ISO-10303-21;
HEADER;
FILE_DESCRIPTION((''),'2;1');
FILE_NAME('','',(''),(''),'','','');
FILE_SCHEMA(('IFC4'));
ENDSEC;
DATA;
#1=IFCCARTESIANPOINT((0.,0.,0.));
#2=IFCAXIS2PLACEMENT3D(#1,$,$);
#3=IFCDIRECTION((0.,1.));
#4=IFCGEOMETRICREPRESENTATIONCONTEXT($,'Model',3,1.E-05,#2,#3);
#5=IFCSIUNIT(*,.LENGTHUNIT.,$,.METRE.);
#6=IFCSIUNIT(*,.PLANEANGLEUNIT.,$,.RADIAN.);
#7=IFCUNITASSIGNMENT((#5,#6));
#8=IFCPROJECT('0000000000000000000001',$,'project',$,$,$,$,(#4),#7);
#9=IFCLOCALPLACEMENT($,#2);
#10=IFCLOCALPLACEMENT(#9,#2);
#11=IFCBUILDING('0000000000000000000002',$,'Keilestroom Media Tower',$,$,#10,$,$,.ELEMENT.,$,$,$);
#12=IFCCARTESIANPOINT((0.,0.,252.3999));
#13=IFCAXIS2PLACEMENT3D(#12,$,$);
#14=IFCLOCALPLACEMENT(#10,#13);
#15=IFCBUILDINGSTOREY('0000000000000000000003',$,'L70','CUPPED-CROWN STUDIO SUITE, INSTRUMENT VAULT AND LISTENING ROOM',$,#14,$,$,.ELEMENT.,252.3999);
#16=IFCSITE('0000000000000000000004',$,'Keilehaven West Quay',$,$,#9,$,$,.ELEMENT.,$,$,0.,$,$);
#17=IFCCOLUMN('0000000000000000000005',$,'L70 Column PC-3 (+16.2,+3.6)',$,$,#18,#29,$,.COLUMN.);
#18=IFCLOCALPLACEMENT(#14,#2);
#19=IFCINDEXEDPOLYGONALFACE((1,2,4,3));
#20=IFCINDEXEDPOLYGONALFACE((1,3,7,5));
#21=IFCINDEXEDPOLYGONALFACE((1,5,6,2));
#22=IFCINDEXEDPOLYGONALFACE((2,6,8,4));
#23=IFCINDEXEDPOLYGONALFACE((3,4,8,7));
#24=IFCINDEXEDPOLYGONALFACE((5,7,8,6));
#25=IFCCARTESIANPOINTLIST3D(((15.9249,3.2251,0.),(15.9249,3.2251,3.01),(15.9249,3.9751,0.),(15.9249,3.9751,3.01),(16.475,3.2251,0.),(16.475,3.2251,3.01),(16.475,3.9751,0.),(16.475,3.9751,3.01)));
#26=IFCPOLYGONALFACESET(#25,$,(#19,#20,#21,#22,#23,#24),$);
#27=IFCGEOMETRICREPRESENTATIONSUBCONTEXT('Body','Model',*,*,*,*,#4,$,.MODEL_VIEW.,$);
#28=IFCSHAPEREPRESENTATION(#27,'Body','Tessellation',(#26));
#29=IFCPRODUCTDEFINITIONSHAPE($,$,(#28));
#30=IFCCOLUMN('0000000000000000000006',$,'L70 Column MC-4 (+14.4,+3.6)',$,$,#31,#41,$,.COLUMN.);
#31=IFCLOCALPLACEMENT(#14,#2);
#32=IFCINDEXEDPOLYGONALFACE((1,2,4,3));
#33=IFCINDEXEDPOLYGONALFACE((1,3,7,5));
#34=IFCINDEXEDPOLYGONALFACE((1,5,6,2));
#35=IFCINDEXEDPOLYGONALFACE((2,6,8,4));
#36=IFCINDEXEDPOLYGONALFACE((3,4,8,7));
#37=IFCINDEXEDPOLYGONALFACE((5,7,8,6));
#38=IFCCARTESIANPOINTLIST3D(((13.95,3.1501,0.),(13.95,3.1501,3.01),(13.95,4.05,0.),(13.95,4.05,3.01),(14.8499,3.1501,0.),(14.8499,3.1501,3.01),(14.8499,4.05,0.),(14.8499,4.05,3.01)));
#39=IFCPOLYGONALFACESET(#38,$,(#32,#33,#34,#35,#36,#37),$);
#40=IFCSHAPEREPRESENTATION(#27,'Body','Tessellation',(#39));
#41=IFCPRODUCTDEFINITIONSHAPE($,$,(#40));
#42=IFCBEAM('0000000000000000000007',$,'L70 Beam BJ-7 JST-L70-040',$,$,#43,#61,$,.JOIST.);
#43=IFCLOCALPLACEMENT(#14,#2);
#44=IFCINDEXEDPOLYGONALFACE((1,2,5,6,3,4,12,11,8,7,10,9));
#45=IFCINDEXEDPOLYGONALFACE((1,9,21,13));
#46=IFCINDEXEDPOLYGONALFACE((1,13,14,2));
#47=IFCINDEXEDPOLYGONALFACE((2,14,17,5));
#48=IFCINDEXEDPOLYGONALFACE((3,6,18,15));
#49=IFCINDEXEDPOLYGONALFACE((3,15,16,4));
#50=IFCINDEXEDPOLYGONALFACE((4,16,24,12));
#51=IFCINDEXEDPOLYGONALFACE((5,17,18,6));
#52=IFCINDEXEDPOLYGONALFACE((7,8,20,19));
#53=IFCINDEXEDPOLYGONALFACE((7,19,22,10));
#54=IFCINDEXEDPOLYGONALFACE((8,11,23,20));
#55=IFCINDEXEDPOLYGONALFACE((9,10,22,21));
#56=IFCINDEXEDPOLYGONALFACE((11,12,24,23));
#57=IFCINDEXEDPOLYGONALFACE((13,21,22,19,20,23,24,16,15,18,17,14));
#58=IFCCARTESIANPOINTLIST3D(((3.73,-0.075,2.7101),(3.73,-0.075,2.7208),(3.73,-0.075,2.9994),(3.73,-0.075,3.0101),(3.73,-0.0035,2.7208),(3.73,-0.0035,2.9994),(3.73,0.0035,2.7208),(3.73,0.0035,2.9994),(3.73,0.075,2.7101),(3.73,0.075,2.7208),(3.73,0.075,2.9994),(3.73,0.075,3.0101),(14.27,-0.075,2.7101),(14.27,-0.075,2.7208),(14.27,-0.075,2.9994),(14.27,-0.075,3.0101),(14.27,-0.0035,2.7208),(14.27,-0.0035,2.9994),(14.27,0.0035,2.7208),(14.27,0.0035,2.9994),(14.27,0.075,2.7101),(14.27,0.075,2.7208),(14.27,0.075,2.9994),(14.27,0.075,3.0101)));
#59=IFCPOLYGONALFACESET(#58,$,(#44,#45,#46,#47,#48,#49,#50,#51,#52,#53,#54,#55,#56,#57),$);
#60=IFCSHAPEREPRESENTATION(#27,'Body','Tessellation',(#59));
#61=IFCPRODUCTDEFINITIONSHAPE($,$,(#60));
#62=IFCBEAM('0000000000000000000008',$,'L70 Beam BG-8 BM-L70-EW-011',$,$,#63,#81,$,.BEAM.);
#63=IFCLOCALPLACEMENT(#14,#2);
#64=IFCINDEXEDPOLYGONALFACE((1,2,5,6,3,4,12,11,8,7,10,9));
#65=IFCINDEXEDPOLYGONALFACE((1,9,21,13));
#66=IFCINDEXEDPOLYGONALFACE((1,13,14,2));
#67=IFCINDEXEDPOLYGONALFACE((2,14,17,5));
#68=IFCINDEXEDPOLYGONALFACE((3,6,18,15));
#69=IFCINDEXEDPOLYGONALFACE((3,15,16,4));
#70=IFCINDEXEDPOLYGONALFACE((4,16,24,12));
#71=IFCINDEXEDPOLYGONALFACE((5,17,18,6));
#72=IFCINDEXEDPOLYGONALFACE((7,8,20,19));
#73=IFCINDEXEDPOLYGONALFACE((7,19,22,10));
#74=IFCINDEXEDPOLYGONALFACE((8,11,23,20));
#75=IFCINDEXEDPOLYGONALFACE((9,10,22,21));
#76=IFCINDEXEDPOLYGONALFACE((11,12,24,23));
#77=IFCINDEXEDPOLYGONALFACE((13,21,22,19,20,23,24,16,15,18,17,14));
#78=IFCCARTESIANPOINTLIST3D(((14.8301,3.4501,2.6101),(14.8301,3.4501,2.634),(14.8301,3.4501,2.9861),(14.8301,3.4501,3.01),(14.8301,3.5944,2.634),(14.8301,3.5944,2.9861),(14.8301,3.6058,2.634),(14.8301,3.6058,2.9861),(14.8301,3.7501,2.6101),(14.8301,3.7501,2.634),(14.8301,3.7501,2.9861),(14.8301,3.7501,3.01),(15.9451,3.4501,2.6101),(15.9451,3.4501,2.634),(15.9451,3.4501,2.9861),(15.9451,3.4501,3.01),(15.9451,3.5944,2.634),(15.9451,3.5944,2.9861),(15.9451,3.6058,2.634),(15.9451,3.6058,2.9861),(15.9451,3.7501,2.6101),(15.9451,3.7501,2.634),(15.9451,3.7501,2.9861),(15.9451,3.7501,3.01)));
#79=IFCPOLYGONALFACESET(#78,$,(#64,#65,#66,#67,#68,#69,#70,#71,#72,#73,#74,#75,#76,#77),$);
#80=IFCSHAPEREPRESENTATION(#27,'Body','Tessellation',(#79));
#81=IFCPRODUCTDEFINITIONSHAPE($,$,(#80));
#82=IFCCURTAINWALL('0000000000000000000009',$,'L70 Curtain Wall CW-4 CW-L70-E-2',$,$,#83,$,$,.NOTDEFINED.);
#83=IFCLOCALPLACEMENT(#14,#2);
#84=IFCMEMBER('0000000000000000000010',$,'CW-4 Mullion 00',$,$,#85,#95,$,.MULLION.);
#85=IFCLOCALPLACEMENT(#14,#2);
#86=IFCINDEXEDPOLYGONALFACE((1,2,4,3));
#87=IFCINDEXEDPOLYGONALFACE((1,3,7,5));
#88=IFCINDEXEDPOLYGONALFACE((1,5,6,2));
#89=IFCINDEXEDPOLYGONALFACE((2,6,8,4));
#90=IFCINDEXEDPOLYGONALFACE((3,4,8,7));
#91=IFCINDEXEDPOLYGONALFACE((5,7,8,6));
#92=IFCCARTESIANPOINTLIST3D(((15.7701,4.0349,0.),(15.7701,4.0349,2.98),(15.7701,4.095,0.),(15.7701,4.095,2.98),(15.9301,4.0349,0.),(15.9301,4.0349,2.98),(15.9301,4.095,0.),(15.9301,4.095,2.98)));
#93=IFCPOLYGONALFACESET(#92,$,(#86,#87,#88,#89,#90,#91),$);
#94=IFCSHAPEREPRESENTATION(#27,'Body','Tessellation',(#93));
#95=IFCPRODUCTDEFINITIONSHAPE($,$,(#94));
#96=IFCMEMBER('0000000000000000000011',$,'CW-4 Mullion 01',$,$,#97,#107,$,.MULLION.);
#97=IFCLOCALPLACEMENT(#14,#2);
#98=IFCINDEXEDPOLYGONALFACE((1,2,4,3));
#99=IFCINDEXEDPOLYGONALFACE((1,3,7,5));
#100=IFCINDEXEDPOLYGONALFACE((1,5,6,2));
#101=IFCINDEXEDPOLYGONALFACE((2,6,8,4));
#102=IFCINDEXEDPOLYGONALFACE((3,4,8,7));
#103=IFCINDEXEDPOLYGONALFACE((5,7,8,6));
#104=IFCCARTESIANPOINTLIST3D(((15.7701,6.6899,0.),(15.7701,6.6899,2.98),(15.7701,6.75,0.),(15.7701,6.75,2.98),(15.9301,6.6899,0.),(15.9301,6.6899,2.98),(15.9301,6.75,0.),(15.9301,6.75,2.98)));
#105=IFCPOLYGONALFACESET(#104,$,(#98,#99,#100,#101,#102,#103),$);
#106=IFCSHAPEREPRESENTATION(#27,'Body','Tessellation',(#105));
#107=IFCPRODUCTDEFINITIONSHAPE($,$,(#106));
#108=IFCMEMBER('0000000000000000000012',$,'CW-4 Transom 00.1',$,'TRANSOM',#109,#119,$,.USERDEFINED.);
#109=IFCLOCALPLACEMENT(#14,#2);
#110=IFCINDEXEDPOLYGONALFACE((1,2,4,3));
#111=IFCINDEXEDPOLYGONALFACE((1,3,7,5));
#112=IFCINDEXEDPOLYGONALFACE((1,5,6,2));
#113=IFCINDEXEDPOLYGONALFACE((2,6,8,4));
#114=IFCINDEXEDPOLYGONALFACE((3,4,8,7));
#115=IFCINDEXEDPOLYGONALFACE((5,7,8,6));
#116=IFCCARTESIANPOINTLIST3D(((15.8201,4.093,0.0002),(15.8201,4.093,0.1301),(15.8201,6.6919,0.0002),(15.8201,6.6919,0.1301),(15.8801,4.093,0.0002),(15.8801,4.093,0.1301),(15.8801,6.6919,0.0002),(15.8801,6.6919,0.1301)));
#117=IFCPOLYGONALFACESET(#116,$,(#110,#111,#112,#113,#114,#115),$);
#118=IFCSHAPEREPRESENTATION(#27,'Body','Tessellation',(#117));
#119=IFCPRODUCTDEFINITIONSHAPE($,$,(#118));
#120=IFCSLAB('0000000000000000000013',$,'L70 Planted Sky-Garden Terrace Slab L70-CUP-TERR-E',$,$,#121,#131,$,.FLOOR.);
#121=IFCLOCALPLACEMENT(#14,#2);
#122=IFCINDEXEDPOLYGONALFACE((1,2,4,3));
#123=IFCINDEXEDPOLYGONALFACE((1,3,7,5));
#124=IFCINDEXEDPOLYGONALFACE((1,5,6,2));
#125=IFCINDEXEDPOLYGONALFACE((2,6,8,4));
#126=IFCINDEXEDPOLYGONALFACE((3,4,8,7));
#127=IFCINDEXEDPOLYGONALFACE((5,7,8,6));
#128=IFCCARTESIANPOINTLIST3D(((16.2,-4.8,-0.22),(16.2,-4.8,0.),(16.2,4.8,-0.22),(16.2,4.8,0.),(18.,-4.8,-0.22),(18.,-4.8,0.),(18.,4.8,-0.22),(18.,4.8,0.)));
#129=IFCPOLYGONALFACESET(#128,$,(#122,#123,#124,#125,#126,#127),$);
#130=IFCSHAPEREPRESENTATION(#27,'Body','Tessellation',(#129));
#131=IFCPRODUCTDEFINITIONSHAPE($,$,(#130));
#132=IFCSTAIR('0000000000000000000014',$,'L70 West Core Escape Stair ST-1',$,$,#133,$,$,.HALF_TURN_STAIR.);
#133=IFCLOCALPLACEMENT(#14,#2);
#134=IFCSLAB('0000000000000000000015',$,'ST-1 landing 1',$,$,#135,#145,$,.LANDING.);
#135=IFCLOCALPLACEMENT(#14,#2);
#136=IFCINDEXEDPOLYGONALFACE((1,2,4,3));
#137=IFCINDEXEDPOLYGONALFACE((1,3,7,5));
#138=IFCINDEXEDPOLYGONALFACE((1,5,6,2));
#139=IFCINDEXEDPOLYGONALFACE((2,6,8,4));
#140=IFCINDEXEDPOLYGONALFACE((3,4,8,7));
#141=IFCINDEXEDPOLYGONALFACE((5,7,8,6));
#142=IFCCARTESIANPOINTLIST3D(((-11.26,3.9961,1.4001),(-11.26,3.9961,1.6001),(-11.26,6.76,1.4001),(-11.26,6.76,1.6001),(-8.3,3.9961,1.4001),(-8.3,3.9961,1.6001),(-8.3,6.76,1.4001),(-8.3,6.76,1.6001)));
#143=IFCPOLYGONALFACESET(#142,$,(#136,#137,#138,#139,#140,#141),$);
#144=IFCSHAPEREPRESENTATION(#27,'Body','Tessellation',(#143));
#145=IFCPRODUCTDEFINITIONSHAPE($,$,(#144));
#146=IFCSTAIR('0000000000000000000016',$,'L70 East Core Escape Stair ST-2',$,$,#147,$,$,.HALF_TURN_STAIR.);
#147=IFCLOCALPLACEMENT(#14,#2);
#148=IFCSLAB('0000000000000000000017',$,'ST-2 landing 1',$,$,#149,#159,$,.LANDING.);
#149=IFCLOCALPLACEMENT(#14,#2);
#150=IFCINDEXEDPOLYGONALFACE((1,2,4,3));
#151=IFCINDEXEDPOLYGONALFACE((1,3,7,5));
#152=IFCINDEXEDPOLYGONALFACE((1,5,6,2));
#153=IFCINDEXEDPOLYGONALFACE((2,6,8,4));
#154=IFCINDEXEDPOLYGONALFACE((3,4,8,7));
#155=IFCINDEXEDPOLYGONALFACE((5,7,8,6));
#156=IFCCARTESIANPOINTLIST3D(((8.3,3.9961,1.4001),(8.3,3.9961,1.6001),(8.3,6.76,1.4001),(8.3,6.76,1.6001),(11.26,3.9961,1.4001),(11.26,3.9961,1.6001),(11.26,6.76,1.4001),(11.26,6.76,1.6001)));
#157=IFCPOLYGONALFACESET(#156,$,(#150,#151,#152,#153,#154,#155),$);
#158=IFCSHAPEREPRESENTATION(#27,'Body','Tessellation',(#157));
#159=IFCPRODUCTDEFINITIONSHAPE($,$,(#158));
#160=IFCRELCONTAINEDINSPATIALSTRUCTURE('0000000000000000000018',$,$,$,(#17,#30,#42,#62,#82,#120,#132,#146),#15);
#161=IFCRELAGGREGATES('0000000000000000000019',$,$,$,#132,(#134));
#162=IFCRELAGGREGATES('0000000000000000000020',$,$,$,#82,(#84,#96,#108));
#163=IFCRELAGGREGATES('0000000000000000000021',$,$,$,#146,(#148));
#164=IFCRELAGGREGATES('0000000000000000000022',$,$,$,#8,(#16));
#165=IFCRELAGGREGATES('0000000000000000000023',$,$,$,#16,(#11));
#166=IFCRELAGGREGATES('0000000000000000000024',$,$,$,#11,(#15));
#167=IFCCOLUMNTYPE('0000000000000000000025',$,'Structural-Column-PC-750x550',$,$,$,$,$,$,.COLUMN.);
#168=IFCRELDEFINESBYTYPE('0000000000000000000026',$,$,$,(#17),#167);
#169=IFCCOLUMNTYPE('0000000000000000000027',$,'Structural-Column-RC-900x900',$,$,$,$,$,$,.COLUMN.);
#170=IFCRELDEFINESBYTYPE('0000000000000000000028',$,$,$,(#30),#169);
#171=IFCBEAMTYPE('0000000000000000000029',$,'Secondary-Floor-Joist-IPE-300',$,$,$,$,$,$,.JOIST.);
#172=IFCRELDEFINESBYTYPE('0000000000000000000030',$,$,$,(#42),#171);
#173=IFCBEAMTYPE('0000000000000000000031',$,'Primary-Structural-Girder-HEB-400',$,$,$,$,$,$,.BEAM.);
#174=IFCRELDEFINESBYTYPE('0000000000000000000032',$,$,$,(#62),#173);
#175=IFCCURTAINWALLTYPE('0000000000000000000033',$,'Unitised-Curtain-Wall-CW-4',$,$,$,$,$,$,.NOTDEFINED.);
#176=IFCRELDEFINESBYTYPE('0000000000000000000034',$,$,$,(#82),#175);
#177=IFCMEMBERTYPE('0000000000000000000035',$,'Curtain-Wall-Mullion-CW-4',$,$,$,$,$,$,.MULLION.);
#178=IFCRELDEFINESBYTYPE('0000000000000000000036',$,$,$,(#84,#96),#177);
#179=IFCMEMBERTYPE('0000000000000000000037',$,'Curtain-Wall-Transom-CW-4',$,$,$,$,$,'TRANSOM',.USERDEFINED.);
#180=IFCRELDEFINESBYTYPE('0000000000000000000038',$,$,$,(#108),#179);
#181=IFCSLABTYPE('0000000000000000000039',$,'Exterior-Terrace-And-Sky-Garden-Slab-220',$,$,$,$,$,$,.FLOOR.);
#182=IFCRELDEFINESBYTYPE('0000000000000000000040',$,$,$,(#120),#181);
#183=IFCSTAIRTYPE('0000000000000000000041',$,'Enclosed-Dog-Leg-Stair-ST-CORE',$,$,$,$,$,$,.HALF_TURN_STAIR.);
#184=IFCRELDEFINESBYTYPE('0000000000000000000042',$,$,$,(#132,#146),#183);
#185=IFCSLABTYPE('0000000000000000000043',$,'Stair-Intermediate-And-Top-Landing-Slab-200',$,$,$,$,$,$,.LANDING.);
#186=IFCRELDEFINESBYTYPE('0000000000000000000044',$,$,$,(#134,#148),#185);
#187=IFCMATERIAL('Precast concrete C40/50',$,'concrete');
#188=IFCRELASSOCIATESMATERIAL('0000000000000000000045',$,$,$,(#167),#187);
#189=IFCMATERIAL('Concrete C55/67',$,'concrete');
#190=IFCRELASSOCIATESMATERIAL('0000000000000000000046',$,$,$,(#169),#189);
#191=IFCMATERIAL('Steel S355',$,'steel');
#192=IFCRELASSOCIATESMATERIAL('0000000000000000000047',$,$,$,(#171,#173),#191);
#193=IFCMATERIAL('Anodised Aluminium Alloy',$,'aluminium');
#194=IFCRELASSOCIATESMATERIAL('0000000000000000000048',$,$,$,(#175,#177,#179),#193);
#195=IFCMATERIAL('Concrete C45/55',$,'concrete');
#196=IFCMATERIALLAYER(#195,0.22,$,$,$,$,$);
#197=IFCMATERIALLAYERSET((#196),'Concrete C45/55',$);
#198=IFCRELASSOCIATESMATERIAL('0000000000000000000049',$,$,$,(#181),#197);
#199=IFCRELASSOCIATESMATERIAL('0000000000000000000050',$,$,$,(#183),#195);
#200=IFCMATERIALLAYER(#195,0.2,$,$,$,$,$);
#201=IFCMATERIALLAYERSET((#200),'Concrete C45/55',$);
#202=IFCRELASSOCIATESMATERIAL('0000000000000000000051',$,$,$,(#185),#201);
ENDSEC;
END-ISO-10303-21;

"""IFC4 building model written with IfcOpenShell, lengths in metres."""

from ifc_helpers import new_model, si_unit, direction, frame, origin, origin_2d, place, context, subcontext, project, spatial, polyline, rectangle, i_section, outline, extrude, source, transform, mapped, material, layer, layer_set, material_profile, profile_set, type_object, element, aggregate, save


model = new_model("IFC4")

# Units and contexts
model_context = context("Model", 3, precision=1e-05, world=origin(), true_north=direction((0.0, 1.0)))
body_context = subcontext(model_context, "Body", "Model", "MODEL_VIEW")
ifc_project = project(units=[si_unit("LENGTHUNIT", "METRE"), si_unit("PLANEANGLEUNIT", "RADIAN")], contexts=[model_context])

# Site, building, storey
site_placement = place(None, origin())
site = spatial("IfcSite", under=ifc_project, at=site_placement, Name="Keilehaven West Quay", CompositionType="ELEMENT", RefElevation=0.0)
building_placement = place(site_placement, origin())
building = spatial("IfcBuilding", under=site, at=building_placement, Name="Keilestroom Media Tower", CompositionType="ELEMENT")
storey_placement = place(building_placement, frame((0.0, 0.0, 252.3999)))
storey = spatial("IfcBuildingStorey", under=building, at=storey_placement, Name="L70", Description="CUPPED-CROWN STUDIO SUITE, INSTRUMENT VAULT AND LISTENING ROOM", CompositionType="ELEMENT", Elevation=252.3999)

# Columns
ifc_material_1 = material(Name="Precast concrete C40/50", Category="concrete")
ifc_material_profile_1 = material_profile(ifc_material_1, rectangle(XDim=0.55, YDim=0.75, at=origin_2d()), Name="PC 750x550")
ifc_profile_set_1 = profile_set([ifc_material_profile_1], Name="Precast concrete C40/50")
column_type_1 = type_object("IfcColumnType", Name="Structural-Column-PC-750x550", PredefinedType="COLUMN", material=ifc_profile_set_1)
shared_shape_1 = source(origin(), body_context, "Body", "SweptSolid", [
    extrude(rectangle(XDim=0.55, YDim=0.75, at=origin_2d()), origin(), (0.0, 0.0, 1.0), 3.01),
])
column_1_placement = place(storey_placement, frame((16.2, 3.6001, 0.0), z_axis=(0.0, 0.0, 1.0), x_axis=(1.0, 0.0, 0.0)))
element("IfcColumn", 1, at=column_1_placement, inside=storey, type_object=column_type_1, Name="L70 Column PC-3 (+16.2,+3.6)", PredefinedType="COLUMN", context=body_context, shape_type="MappedRepresentation", body=[
    mapped(shared_shape_1, transform((0.0, 0.0, 0.0), x_axis=(1.0, 0.0, 0.0), y_axis=(0.0, 1.0, 0.0), z_axis=(0.0, 0.0, 1.0), scale=1.0)),
])
ifc_material_2 = material(Name="Concrete C55/67", Category="concrete")
ifc_material_profile_2 = material_profile(ifc_material_2, rectangle(XDim=0.8999, YDim=0.8999, at=origin_2d()), Name="RC 900x900")
ifc_profile_set_2 = profile_set([ifc_material_profile_2], Name="Concrete C55/67")
column_type_2 = type_object("IfcColumnType", Name="Structural-Column-RC-900x900", PredefinedType="COLUMN", material=ifc_profile_set_2)
shared_shape_2 = source(origin(), body_context, "Body", "SweptSolid", [
    extrude(rectangle(XDim=0.8999, YDim=0.8999, at=origin_2d()), origin(), (0.0, 0.0, 1.0), 3.01),
])
column_2_placement = place(storey_placement, frame((14.3999, 3.6001, 0.0), z_axis=(0.0, 0.0, 1.0), x_axis=(1.0, 0.0, 0.0)))
element("IfcColumn", 2, at=column_2_placement, inside=storey, type_object=column_type_2, Name="L70 Column MC-4 (+14.4,+3.6)", PredefinedType="COLUMN", context=body_context, shape_type="MappedRepresentation", body=[
    mapped(shared_shape_2, transform((0.0, 0.0, 0.0), x_axis=(1.0, 0.0, 0.0), y_axis=(0.0, 1.0, 0.0), z_axis=(0.0, 0.0, 1.0), scale=1.0)),
])

# Beams
ifc_material_3 = material(Name="Steel S355", Category="steel")
ifc_material_profile_3 = material_profile(ifc_material_3, i_section(OverallWidth=0.1499, OverallDepth=0.3, WebThickness=0.0071, FlangeThickness=0.0107, at=origin_2d()), Name="IPE 300")
ifc_profile_set_3 = profile_set([ifc_material_profile_3], Name="Steel S355")
beam_type_1 = type_object("IfcBeamType", Name="Secondary-Floor-Joist-IPE-300", PredefinedType="JOIST", material=ifc_profile_set_3)
shared_shape_3 = source(origin(), body_context, "Body", "SweptSolid", [
    extrude(i_section(OverallWidth=0.1499, OverallDepth=0.3, WebThickness=0.0071, FlangeThickness=0.0107, at=origin_2d()), origin(), (0.0, 0.0, 1.0), 10.54),
])
beam_1_placement = place(storey_placement, frame((3.73, 0.0, 2.8601), z_axis=(1.0, 0.0, 0.0), x_axis=(0.0, 1.0, 0.0)))
element("IfcBeam", 3, at=beam_1_placement, inside=storey, type_object=beam_type_1, Name="L70 Beam BJ-7 JST-L70-040", PredefinedType="JOIST", context=body_context, shape_type="MappedRepresentation", body=[
    mapped(shared_shape_3, transform((0.0, 0.0, 0.0), x_axis=(1.0, 0.0, 0.0), y_axis=(0.0, 1.0, 0.0), z_axis=(0.0, 0.0, 1.0), scale=1.0)),
])
ifc_material_profile_4 = material_profile(ifc_material_3, i_section(OverallWidth=0.3, OverallDepth=0.3999, WebThickness=0.0115, FlangeThickness=0.0239, at=origin_2d()), Name="HEB 400")
ifc_profile_set_4 = profile_set([ifc_material_profile_4], Name="Steel S355")
beam_type_2 = type_object("IfcBeamType", Name="Primary-Structural-Girder-HEB-400", PredefinedType="BEAM", material=ifc_profile_set_4)
shared_shape_4 = source(origin(), body_context, "Body", "SweptSolid", [
    extrude(i_section(OverallWidth=0.3, OverallDepth=0.3999, WebThickness=0.0115, FlangeThickness=0.0239, at=origin_2d()), origin(), (0.0, 0.0, 1.0), 1.115),
])
beam_2_placement = place(storey_placement, frame((14.8301, 3.6001, 2.8101), z_axis=(1.0, 0.0, 0.0), x_axis=(0.0, 1.0, 0.0)))
element("IfcBeam", 4, at=beam_2_placement, inside=storey, type_object=beam_type_2, Name="L70 Beam BG-8 BM-L70-EW-011", PredefinedType="BEAM", context=body_context, shape_type="MappedRepresentation", body=[
    mapped(shared_shape_4, transform((0.0, 0.0, 0.0), x_axis=(1.0, 0.0, 0.0), y_axis=(0.0, 1.0, 0.0), z_axis=(0.0, 0.0, 1.0), scale=1.0)),
])

# Curtain wall, members
ifc_material_4 = material(Name="Anodised Aluminium Alloy", Category="aluminium")
curtain_wall_type = type_object("IfcCurtainWallType", Name="Unitised-Curtain-Wall-CW-4", PredefinedType="NOTDEFINED", material=ifc_material_4)
curtain_wall_placement = place(storey_placement, origin())
curtain_wall = element("IfcCurtainWall", 5, at=curtain_wall_placement, inside=storey, type_object=curtain_wall_type, Name="L70 Curtain Wall CW-4 CW-L70-E-2", PredefinedType="NOTDEFINED")
ifc_material_profile_5 = material_profile(ifc_material_4, rectangle(XDim=0.0601, YDim=0.1599, at=origin_2d()), Name="ALU MULLION 60x160")
ifc_profile_set_5 = profile_set([ifc_material_profile_5], Name="Anodised Aluminium Alloy")
member_type_1 = type_object("IfcMemberType", Name="Curtain-Wall-Mullion-CW-4", PredefinedType="MULLION", material=ifc_profile_set_5)
shared_shape_5 = source(origin(), body_context, "Body", "SweptSolid", [
    extrude(rectangle(XDim=0.0601, YDim=0.1599, at=origin_2d()), origin(), (0.0, 0.0, 1.0), 2.98),
])
member_1_placement = place(storey_placement, frame((15.8501, 4.0649, 0.0), z_axis=(0.0, 0.0, 1.0), x_axis=(0.0, 1.0, 0.0)))
member_1 = element("IfcMember", 6, at=member_1_placement, type_object=member_type_1, Name="CW-4 Mullion 00", PredefinedType="MULLION", context=body_context, shape_type="MappedRepresentation", body=[
    mapped(shared_shape_5, transform((0.0, 0.0, 0.0), x_axis=(1.0, 0.0, 0.0), y_axis=(0.0, 1.0, 0.0), z_axis=(0.0, 0.0, 1.0), scale=1.0)),
])
member_2_placement = place(storey_placement, frame((15.8501, 6.72, 0.0), z_axis=(0.0, 0.0, 1.0), x_axis=(0.0, 1.0, 0.0)))
member_2 = element("IfcMember", 7, at=member_2_placement, type_object=member_type_1, Name="CW-4 Mullion 01", PredefinedType="MULLION", context=body_context, shape_type="MappedRepresentation", body=[
    mapped(shared_shape_5, transform((0.0, 0.0, 0.0), x_axis=(1.0, 0.0, 0.0), y_axis=(0.0, 1.0, 0.0), z_axis=(0.0, 0.0, 1.0), scale=1.0)),
])
ifc_material_profile_6 = material_profile(ifc_material_4, rectangle(XDim=0.0601, YDim=0.1299, at=origin_2d()), Name="ALU TRANSOM 60x130")
ifc_profile_set_6 = profile_set([ifc_material_profile_6], Name="Anodised Aluminium Alloy")
member_type_2 = type_object("IfcMemberType", Name="Curtain-Wall-Transom-CW-4", ElementType="TRANSOM", PredefinedType="USERDEFINED", material=ifc_profile_set_6)
shared_shape_6 = source(origin(), body_context, "Body", "SweptSolid", [
    extrude(rectangle(XDim=0.0601, YDim=0.1299, at=origin_2d()), origin(), (0.0, 0.0, 1.0), 2.5989),
])
member_3_placement = place(storey_placement, frame((15.8501, 4.093, 0.0652), z_axis=(0.0, 1.0, 0.0), x_axis=(-1.0, 0.0, 0.0)))
member_3 = element("IfcMember", 8, at=member_3_placement, type_object=member_type_2, Name="CW-4 Transom 00.1", ObjectType="TRANSOM", PredefinedType="USERDEFINED", context=body_context, shape_type="MappedRepresentation", body=[
    mapped(shared_shape_6, transform((0.0, 0.0, 0.0), x_axis=(1.0, 0.0, 0.0), y_axis=(0.0, 1.0, 0.0), z_axis=(0.0, 0.0, 1.0), scale=1.0)),
])

# Slab
ifc_material_5 = material(Name="Concrete C45/55", Category="concrete")
ifc_layer_1 = layer(ifc_material_5, 0.22)
ifc_layer_set_1 = layer_set([ifc_layer_1], Name="Concrete C45/55")
slab_type_1 = type_object("IfcSlabType", Name="Exterior-Terrace-And-Sky-Garden-Slab-220", PredefinedType="FLOOR", material=ifc_layer_set_1)
slab_1_placement = place(storey_placement, frame((0.0, 0.0, -0.22)))
element("IfcSlab", 9, at=slab_1_placement, inside=storey, type_object=slab_type_1, Name="L70 Planted Sky-Garden Terrace Slab L70-CUP-TERR-E", PredefinedType="FLOOR", context=body_context, shape_type="SweptSolid", body=[
    extrude(outline(polyline([(16.2, -4.8), (18.0, -4.8), (18.0, 4.8), (16.2, 4.8), (16.2, -4.8)])), origin(), (0.0, 0.0, 1.0), 0.22),
])

# Stairs, slabs
stair_type = type_object("IfcStairType", Name="Enclosed-Dog-Leg-Stair-ST-CORE", PredefinedType="HALF_TURN_STAIR", material=ifc_material_5)
stair_1_placement = place(storey_placement, origin())
stair_1 = element("IfcStair", 10, at=stair_1_placement, inside=storey, type_object=stair_type, Name="L70 West Core Escape Stair ST-1", PredefinedType="HALF_TURN_STAIR")
ifc_layer_2 = layer(ifc_material_5, 0.2)
ifc_layer_set_2 = layer_set([ifc_layer_2], Name="Concrete C45/55")
slab_type_2 = type_object("IfcSlabType", Name="Stair-Intermediate-And-Top-Landing-Slab-200", PredefinedType="LANDING", material=ifc_layer_set_2)
slab_2_placement = place(storey_placement, frame((0.0, 0.0, 1.4001)))
slab_2 = element("IfcSlab", 11, at=slab_2_placement, type_object=slab_type_2, Name="ST-1 landing 1", PredefinedType="LANDING", context=body_context, shape_type="SweptSolid", body=[
    extrude(outline(polyline([(-8.3, 3.9961), (-8.3, 6.76), (-11.26, 6.76), (-11.26, 3.9961), (-8.3, 3.9961)])), origin(), (0.0, 0.0, 1.0), 0.2),
])
aggregate(stair_1, [slab_2])
stair_2_placement = place(storey_placement, origin())
stair_2 = element("IfcStair", 12, at=stair_2_placement, inside=storey, type_object=stair_type, Name="L70 East Core Escape Stair ST-2", PredefinedType="HALF_TURN_STAIR")
slab_3_placement = place(storey_placement, frame((0.0, 0.0, 1.4001)))
slab_3 = element("IfcSlab", 13, at=slab_3_placement, type_object=slab_type_2, Name="ST-2 landing 1", PredefinedType="LANDING", context=body_context, shape_type="SweptSolid", body=[
    extrude(outline(polyline([(11.26, 3.9961), (11.26, 6.76), (8.3, 6.76), (8.3, 3.9961), (11.26, 3.9961)])), origin(), (0.0, 0.0, 1.0), 0.2),
])

aggregate(curtain_wall, [member_1, member_2, member_3])

aggregate(stair_2, [slab_3])

save(model, "model.ifc")
